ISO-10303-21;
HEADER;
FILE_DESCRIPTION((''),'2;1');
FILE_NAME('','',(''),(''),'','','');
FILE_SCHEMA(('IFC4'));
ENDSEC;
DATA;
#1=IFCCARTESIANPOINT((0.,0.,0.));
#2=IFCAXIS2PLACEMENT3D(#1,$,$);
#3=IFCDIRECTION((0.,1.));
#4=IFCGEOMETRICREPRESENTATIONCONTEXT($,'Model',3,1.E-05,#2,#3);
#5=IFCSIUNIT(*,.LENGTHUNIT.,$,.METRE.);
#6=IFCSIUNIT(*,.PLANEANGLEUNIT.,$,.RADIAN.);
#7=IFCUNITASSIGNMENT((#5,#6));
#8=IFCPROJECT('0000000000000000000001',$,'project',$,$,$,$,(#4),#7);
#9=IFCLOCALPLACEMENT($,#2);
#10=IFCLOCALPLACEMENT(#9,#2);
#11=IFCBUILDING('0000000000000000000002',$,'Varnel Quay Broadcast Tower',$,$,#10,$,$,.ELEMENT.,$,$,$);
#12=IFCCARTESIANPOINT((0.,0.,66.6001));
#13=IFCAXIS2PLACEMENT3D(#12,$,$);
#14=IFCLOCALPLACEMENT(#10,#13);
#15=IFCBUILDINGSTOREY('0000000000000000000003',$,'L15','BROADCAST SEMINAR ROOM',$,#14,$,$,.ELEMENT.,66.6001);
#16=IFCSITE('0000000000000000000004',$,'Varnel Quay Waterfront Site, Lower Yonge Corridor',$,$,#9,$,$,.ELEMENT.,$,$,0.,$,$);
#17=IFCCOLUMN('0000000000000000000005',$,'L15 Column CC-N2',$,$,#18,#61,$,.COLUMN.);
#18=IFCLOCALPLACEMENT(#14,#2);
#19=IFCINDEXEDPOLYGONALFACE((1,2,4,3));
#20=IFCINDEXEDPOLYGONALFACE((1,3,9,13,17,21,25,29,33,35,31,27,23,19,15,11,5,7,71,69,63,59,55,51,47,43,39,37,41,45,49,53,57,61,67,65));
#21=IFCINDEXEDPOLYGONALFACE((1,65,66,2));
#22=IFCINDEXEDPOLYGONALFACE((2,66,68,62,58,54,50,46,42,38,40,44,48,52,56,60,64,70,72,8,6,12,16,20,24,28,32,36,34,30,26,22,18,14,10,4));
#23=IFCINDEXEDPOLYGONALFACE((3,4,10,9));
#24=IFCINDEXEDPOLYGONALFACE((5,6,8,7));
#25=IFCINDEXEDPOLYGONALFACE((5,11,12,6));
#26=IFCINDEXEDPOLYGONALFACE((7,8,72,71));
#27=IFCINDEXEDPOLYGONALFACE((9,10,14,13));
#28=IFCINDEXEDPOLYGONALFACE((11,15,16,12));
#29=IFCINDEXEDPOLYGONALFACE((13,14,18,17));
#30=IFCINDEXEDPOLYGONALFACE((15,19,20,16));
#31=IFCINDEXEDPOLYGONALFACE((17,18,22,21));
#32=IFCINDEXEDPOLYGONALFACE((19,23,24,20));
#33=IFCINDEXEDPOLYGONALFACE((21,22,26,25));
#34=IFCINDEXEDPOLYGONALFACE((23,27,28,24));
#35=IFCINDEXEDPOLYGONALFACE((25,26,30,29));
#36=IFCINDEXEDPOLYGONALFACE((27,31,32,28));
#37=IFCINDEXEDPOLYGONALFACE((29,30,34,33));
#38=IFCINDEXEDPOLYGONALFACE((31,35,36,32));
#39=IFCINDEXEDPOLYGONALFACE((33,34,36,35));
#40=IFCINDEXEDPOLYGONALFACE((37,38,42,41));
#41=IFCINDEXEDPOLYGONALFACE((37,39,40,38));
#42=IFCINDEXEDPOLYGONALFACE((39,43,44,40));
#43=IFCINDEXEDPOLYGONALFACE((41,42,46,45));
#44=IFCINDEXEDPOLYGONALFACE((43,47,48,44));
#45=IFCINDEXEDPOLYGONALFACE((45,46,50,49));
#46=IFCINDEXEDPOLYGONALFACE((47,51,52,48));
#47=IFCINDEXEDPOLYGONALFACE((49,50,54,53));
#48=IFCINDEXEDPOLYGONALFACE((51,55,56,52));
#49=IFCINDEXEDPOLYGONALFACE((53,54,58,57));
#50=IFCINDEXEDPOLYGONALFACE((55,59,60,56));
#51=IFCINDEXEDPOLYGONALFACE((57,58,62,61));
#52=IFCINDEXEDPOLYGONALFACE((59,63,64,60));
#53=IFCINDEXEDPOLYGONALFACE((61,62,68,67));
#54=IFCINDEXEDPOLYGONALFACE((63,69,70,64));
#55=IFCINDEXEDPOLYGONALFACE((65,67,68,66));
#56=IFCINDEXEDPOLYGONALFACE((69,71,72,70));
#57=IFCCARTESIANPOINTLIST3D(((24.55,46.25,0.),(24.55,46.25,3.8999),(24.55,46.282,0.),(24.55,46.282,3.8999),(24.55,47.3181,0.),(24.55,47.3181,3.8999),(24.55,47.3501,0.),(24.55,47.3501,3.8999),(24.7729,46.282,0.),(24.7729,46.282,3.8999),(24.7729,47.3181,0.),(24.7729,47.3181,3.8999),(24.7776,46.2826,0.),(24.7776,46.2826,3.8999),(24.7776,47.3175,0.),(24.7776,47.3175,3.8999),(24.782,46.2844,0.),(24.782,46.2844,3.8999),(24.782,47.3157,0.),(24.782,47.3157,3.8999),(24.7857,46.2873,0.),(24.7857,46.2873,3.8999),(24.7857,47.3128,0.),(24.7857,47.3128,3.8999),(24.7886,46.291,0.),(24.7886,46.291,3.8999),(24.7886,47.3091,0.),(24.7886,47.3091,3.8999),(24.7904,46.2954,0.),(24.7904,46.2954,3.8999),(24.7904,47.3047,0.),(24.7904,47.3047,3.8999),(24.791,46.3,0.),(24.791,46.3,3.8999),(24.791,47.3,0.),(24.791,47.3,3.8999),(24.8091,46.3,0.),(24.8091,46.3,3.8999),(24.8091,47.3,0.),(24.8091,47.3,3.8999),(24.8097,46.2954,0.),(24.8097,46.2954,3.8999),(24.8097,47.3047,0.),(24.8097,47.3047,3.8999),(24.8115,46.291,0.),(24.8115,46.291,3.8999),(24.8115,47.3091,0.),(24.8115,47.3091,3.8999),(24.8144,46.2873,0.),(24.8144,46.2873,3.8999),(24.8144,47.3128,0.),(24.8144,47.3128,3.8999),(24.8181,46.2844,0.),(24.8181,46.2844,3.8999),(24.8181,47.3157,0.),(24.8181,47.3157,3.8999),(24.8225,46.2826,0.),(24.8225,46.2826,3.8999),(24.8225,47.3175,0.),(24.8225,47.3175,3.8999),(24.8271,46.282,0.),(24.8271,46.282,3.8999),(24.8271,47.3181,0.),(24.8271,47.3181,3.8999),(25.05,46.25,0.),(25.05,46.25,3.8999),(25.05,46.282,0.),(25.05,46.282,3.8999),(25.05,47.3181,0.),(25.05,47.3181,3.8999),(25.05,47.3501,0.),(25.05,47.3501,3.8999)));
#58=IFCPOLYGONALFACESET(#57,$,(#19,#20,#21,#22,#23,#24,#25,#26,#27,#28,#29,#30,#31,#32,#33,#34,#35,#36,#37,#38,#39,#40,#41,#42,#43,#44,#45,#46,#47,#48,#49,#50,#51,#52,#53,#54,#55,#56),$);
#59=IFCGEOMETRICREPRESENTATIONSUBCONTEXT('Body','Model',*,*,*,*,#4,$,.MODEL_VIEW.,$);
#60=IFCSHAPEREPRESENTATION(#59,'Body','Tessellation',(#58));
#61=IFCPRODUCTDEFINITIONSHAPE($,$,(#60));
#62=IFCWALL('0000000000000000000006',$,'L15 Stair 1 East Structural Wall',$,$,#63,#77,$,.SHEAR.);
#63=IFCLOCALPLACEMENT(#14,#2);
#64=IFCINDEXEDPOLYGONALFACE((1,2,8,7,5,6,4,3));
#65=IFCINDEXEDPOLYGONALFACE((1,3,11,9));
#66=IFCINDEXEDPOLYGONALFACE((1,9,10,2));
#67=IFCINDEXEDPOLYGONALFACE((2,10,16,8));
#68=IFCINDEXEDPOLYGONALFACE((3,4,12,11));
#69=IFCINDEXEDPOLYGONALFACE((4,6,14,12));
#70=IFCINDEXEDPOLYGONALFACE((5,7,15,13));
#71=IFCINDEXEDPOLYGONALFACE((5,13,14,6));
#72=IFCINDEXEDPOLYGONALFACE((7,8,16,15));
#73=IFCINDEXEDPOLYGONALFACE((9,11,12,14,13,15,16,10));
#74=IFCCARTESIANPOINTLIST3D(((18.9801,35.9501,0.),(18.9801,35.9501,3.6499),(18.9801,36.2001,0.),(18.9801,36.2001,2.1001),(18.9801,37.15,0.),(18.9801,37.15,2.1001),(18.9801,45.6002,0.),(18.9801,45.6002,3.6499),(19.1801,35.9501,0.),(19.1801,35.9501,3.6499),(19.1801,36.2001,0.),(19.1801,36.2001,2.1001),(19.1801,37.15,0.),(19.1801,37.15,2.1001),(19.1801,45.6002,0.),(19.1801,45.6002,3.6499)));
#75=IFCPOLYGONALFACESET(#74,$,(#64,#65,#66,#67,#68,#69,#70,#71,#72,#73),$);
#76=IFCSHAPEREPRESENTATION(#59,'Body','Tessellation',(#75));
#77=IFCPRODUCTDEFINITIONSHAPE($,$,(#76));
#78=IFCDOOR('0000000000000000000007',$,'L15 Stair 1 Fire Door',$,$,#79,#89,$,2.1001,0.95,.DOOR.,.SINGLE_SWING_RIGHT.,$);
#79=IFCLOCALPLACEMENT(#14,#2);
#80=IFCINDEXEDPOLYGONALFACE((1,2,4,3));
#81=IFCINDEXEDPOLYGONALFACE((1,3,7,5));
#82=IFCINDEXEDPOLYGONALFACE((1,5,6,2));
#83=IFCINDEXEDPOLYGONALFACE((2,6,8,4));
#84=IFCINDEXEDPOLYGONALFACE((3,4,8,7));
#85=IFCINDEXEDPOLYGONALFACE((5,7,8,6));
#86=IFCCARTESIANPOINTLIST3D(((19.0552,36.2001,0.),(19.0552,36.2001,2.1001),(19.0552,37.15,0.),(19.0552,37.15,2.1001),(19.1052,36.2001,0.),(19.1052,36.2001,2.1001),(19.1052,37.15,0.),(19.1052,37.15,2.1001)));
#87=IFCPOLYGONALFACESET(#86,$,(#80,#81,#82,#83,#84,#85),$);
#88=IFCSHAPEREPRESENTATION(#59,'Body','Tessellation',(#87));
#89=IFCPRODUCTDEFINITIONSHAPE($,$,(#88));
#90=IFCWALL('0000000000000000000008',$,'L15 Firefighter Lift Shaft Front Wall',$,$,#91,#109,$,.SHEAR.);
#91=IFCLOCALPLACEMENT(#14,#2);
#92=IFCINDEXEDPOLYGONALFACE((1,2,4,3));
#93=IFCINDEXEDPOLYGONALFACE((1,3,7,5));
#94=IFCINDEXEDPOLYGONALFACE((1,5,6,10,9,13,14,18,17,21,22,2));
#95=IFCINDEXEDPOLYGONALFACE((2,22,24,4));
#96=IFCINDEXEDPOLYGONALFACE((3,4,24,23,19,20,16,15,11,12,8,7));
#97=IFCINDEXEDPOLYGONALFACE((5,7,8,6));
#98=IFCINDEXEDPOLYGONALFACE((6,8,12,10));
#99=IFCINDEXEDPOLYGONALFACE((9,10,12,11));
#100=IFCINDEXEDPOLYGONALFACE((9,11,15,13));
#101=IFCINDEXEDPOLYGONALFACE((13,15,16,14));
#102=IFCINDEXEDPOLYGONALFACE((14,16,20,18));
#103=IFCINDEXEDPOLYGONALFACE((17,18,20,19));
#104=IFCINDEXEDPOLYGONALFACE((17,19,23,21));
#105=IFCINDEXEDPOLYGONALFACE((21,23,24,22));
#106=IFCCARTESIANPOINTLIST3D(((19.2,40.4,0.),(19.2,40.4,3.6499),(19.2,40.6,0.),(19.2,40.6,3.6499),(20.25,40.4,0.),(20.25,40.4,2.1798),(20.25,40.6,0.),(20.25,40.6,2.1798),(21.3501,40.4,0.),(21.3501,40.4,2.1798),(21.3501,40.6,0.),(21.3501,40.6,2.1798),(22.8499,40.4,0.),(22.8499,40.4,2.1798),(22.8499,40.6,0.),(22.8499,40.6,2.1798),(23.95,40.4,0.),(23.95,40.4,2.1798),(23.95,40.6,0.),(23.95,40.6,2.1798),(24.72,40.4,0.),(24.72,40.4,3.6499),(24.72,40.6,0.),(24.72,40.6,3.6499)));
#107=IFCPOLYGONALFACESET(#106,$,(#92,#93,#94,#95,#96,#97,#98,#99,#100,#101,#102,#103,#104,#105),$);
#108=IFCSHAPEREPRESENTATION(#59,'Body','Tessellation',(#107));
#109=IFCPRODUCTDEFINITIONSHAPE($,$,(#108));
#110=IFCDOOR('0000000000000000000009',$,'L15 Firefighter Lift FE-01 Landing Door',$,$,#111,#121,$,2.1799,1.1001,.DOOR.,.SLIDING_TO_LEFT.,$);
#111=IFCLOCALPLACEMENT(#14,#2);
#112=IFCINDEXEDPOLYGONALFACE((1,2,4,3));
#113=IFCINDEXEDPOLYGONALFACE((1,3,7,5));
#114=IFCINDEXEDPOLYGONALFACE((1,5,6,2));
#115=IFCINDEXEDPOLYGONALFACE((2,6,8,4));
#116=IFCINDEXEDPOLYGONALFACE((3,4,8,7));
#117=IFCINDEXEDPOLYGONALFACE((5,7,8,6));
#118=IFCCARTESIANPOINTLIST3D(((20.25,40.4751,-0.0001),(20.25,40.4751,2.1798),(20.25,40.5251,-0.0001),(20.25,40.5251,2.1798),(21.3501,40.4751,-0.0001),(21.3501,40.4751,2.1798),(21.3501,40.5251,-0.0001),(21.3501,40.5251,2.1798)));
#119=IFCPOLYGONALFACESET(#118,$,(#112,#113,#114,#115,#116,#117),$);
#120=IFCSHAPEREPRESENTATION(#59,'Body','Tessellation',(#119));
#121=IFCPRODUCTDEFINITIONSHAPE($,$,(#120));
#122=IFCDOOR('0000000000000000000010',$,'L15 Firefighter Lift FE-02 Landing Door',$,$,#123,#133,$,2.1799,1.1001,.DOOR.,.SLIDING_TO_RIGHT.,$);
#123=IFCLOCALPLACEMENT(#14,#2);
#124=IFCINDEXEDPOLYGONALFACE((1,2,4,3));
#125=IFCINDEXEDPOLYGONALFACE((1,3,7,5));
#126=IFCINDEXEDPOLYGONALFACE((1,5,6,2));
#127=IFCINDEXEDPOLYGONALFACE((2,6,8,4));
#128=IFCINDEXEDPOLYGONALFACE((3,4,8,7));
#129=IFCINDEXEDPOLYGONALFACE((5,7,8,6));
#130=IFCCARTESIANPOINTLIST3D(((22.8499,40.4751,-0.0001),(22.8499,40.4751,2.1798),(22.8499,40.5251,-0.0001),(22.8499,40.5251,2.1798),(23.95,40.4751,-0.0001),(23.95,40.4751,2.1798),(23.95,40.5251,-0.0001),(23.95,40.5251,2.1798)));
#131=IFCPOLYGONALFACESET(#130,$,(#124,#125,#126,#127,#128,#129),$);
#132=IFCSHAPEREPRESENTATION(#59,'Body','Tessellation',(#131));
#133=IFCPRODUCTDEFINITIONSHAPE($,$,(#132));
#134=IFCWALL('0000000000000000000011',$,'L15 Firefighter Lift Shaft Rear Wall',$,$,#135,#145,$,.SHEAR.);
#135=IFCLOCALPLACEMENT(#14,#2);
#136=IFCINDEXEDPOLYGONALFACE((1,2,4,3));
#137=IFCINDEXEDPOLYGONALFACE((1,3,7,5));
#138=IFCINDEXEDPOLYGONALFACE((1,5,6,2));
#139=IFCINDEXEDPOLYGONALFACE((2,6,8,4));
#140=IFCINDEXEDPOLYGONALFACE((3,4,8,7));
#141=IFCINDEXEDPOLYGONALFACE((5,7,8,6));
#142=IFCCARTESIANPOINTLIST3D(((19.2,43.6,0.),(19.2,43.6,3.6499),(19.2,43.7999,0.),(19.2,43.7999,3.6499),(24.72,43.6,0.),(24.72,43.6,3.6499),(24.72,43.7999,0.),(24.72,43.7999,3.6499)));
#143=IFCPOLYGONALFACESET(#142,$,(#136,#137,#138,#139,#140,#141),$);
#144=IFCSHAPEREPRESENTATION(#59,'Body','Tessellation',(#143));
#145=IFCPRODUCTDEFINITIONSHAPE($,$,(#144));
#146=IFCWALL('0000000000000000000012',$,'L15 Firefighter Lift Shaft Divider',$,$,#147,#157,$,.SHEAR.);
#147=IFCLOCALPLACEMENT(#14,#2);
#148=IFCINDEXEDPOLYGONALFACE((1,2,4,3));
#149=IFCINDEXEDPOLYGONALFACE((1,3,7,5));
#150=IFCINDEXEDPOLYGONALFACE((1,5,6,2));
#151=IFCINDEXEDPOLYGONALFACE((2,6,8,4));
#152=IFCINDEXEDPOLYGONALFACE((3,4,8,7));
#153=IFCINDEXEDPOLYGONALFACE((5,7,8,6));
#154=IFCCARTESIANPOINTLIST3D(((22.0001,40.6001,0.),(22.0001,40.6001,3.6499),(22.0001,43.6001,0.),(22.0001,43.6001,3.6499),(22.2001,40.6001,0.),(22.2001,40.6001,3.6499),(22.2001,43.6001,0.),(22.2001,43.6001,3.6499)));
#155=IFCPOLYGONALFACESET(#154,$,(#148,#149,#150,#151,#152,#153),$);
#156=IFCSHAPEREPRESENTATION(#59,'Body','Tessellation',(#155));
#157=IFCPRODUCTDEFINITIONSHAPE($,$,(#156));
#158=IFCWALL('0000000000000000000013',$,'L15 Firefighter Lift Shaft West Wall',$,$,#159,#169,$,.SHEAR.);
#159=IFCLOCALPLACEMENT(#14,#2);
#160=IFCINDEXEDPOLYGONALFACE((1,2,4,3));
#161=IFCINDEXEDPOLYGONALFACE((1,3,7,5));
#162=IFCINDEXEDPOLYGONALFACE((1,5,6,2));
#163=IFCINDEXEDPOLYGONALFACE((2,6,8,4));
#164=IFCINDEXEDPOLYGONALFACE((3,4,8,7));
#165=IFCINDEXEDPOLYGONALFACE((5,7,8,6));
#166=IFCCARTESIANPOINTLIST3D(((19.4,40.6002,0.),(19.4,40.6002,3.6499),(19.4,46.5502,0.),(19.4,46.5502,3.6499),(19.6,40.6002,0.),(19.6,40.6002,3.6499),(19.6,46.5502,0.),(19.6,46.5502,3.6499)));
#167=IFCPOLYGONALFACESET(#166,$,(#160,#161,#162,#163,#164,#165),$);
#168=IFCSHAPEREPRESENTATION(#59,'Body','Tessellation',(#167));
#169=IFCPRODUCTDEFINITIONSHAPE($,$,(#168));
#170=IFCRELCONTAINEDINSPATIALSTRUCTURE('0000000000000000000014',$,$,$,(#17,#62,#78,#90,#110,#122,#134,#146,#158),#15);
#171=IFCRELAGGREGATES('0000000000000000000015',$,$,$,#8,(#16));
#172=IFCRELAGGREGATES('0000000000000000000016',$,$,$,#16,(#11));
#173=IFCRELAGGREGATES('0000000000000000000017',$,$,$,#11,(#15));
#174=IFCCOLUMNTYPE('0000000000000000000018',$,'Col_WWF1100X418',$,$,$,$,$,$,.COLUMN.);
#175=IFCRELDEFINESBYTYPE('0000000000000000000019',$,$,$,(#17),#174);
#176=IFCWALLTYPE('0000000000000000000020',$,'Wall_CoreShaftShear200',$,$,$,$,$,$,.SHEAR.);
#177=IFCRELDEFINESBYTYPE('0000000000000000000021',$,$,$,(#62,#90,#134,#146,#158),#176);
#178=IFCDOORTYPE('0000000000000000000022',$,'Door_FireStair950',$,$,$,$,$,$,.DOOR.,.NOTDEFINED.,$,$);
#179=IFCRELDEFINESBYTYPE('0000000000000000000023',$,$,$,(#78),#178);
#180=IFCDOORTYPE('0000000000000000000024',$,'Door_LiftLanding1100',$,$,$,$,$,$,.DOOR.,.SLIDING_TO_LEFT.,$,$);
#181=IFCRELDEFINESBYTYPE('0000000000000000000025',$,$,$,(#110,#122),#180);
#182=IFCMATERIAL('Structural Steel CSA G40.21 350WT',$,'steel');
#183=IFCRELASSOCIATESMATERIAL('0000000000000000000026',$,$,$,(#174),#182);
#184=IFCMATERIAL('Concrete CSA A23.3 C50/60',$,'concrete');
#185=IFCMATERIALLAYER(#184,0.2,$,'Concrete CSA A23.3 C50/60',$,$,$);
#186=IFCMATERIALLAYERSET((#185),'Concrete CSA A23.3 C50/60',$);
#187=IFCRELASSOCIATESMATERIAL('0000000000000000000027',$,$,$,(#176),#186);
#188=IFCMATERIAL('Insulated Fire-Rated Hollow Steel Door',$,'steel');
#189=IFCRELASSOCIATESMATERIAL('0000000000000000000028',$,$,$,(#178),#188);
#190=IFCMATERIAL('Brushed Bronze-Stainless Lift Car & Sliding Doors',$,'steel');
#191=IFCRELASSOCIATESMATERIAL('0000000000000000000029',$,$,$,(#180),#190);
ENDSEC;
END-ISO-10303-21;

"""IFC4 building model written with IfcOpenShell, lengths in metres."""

from ifc_helpers import new_model, si_unit, direction, frame, frame_2d, origin, origin_2d, place, context, subcontext, project, spatial, rectangle, i_section, extrude, source, transform, mapped, material, layer, layer_set, material_profile, profile_set, type_object, type_shapes, element, fill, save


model = new_model("IFC4")

# Units and contexts
model_context = context("Model", 3, precision=1e-05, world=origin(), true_north=direction((0.0, 1.0)))
body_context = subcontext(model_context, "Body", "Model", "MODEL_VIEW")
ifc_project = project(units=[si_unit("LENGTHUNIT", "METRE"), si_unit("PLANEANGLEUNIT", "RADIAN")], contexts=[model_context])

# Site, building, storey
site_placement = place(None, origin())
site = spatial("IfcSite", under=ifc_project, at=site_placement, Name="Varnel Quay Waterfront Site, Lower Yonge Corridor", CompositionType="ELEMENT", RefElevation=0.0)
building_placement = place(site_placement, origin())
building = spatial("IfcBuilding", under=site, at=building_placement, Name="Varnel Quay Broadcast Tower", CompositionType="ELEMENT")
storey_placement = place(building_placement, frame((0.0, 0.0, 66.6001)))
storey = spatial("IfcBuildingStorey", under=building, at=storey_placement, Name="L15", Description="BROADCAST SEMINAR ROOM", CompositionType="ELEMENT", Elevation=66.6001)

# Column
ifc_material_1 = material(Name="Structural Steel CSA G40.21 350WT", Category="steel")
ifc_material_profile = material_profile(ifc_material_1, i_section(OverallWidth=0.5, OverallDepth=1.1001, WebThickness=0.0181, FlangeThickness=0.032, FilletRadius=0.0181, at=origin_2d()), Name="WWF1100X418")
ifc_profile_set = profile_set([ifc_material_profile], Name="Structural Steel CSA G40.21 350WT")
column_type = type_object("IfcColumnType", Name="Col_WWF1100X418", PredefinedType="COLUMN", material=ifc_profile_set)
shared_shape_1 = source(origin(), body_context, "Body", "SweptSolid", [
    extrude(i_section(OverallWidth=0.5, OverallDepth=1.1001, WebThickness=0.0181, FlangeThickness=0.032, FilletRadius=0.0181, at=origin_2d()), origin(), (0.0, 0.0, 1.0), 3.8999),
])
type_shapes(column_type, [shared_shape_1])
column_placement = place(storey_placement, frame((24.8, 46.8, 0.0), z_axis=(0.0, 0.0, 1.0), x_axis=(1.0, 0.0, 0.0)))
element("IfcColumn", 1, at=column_placement, inside=storey, type_object=column_type, Name="L15 Column CC-N2", PredefinedType="COLUMN", context=body_context, shape_type="MappedRepresentation", body=[
    mapped(shared_shape_1, transform((0.0, 0.0, 0.0), x_axis=(1.0, 0.0, 0.0), y_axis=(0.0, 1.0, 0.0), z_axis=(0.0, 0.0, 1.0), scale=1.0)),
])

# Wall, opening, door
ifc_material_2 = material(Name="Concrete CSA A23.3 C50/60", Category="concrete")
ifc_layer_1 = layer(ifc_material_2, 0.2, Name="Concrete CSA A23.3 C50/60")
ifc_layer_set_1 = layer_set([ifc_layer_1], Name="Concrete CSA A23.3 C50/60")
wall_type_1 = type_object("IfcWallType", Name="Wall_CoreShaftShear200", PredefinedType="SHEAR", material=ifc_layer_set_1)
wall_1_placement = place(storey_placement, frame((19.0801, 35.95, 0.0), z_axis=(0.0, 0.0, 1.0), x_axis=(0.0, 1.0, 0.0)))
wall_1 = element("IfcWall", 2, at=wall_1_placement, inside=storey, type_object=wall_type_1, Name="L15 Stair 1 East Structural Wall", PredefinedType="SHEAR", context=body_context, shape_type="SweptSolid", body=[
    extrude(rectangle(XDim=9.6501, YDim=0.2, at=frame_2d((4.8252, 0.0))), origin(), (0.0, 0.0, 1.0), 3.6499),
])
opening_1_placement = place(wall_1_placement, frame((0.25, 0.0, 0.0)))
opening_1 = element("IfcOpeningElement", 3, at=opening_1_placement, cuts=wall_1, PredefinedType="OPENING", context=body_context, shape_type="SweptSolid", body=[
    extrude(rectangle(XDim=0.95, YDim=2.1001, at=frame_2d((0.4751, 1.05))), frame((0.0, 0.1099, 0.0), z_axis=(0.0, -1.0, 0.0), x_axis=(1.0, 0.0, 0.0)), (0.0, 0.0, 1.0), 0.22),
])
ifc_material_3 = material(Name="Insulated Fire-Rated Hollow Steel Door", Category="steel")
door_type_1 = type_object("IfcDoorType", Name="Door_FireStair950", OperationType="NOTDEFINED", PredefinedType="DOOR", material=ifc_material_3)
shared_shape_2 = source(origin(), body_context, "Body", "SweptSolid", [
    extrude(rectangle(XDim=0.95, YDim=2.1001, at=frame_2d((0.4751, 1.05))), frame((0.0, 0.0249, 0.0), z_axis=(0.0, -1.0, 0.0), x_axis=(1.0, 0.0, 0.0)), (0.0, 0.0, 1.0), 0.05),
])
type_shapes(door_type_1, [shared_shape_2])
door_1_placement = place(opening_1_placement, origin())
door_1 = element("IfcDoor", 4, at=door_1_placement, inside=storey, type_object=door_type_1, Name="L15 Stair 1 Fire Door", OperationType="SINGLE_SWING_RIGHT", OverallHeight=2.1001, OverallWidth=0.95, PredefinedType="DOOR", context=body_context, shape_type="MappedRepresentation", body=[
    mapped(shared_shape_2, transform((0.0, 0.0, 0.0), x_axis=(1.0, 0.0, 0.0), y_axis=(0.0, 1.0, 0.0), z_axis=(0.0, 0.0, 1.0), scale=1.0)),
])
fill(opening_1, door_1)

# Wall, openings, doors
wall_2_placement = place(storey_placement, frame((19.2, 40.5, 0.0), z_axis=(0.0, 0.0, 1.0), x_axis=(1.0, 0.0, 0.0)))
wall_2 = element("IfcWall", 5, at=wall_2_placement, inside=storey, type_object=wall_type_1, Name="L15 Firefighter Lift Shaft Front Wall", PredefinedType="SHEAR", context=body_context, shape_type="SweptSolid", body=[
    extrude(rectangle(XDim=5.52, YDim=0.2, at=frame_2d((2.76, 0.0))), origin(), (0.0, 0.0, 1.0), 3.6499),
])
opening_2_placement = place(wall_2_placement, frame((1.05, 0.0, 0.0)))
opening_2 = element("IfcOpeningElement", 6, at=opening_2_placement, cuts=wall_2, PredefinedType="OPENING", context=body_context, shape_type="SweptSolid", body=[
    extrude(rectangle(XDim=1.1001, YDim=2.1799, at=frame_2d((0.55, 1.0898))), frame((0.0, 0.1099, 0.0), z_axis=(0.0, -1.0, 0.0), x_axis=(1.0, 0.0, 0.0)), (0.0, 0.0, 1.0), 0.22),
])
opening_3_placement = place(wall_2_placement, frame((3.6499, 0.0, 0.0)))
opening_3 = element("IfcOpeningElement", 7, at=opening_3_placement, cuts=wall_2, PredefinedType="OPENING", context=body_context, shape_type="SweptSolid", body=[
    extrude(rectangle(XDim=1.1001, YDim=2.1799, at=frame_2d((0.55, 1.0898))), frame((0.0, 0.1099, 0.0), z_axis=(0.0, -1.0, 0.0), x_axis=(1.0, 0.0, 0.0)), (0.0, 0.0, 1.0), 0.22),
])
ifc_material_4 = material(Name="Brushed Bronze-Stainless Lift Car & Sliding Doors", Category="steel")
door_type_2 = type_object("IfcDoorType", Name="Door_LiftLanding1100", OperationType="SLIDING_TO_LEFT", PredefinedType="DOOR", material=ifc_material_4)
shared_shape_3 = source(origin(), body_context, "Body", "SweptSolid", [
    extrude(rectangle(XDim=1.1001, YDim=2.1799, at=frame_2d((0.55, 1.0898))), frame((0.0, 0.0249, 0.0), z_axis=(0.0, -1.0, 0.0), x_axis=(1.0, 0.0, 0.0)), (0.0, 0.0, 1.0), 0.05),
])
type_shapes(door_type_2, [shared_shape_3])
door_2_placement = place(opening_2_placement, frame((1.1001, 0.0, 0.0), z_axis=(0.0, 0.0, 1.0), x_axis=(-1.0, 0.0, 0.0)))
door_2 = element("IfcDoor", 8, at=door_2_placement, inside=storey, type_object=door_type_2, Name="L15 Firefighter Lift FE-01 Landing Door", OperationType="SLIDING_TO_LEFT", OverallHeight=2.1799, OverallWidth=1.1001, PredefinedType="DOOR", context=body_context, shape_type="MappedRepresentation", body=[
    mapped(shared_shape_3, transform((0.0, 0.0, 0.0), x_axis=(1.0, 0.0, 0.0), y_axis=(0.0, 1.0, 0.0), z_axis=(0.0, 0.0, 1.0), scale=1.0)),
])
fill(opening_2, door_2)
door_3_placement = place(opening_3_placement, frame((1.1001, 0.0, 0.0), z_axis=(0.0, 0.0, 1.0), x_axis=(-1.0, 0.0, 0.0)))
door_3 = element("IfcDoor", 9, at=door_3_placement, inside=storey, type_object=door_type_2, Name="L15 Firefighter Lift FE-02 Landing Door", OperationType="SLIDING_TO_RIGHT", OverallHeight=2.1799, OverallWidth=1.1001, PredefinedType="DOOR", context=body_context, shape_type="MappedRepresentation", body=[
    mapped(shared_shape_3, transform((0.0, 0.0, 0.0), x_axis=(1.0, 0.0, 0.0), y_axis=(0.0, 1.0, 0.0), z_axis=(0.0, 0.0, 1.0), scale=1.0)),
])
fill(opening_3, door_3)

# Walls
wall_3_placement = place(storey_placement, frame((19.2, 43.7, 0.0), z_axis=(0.0, 0.0, 1.0), x_axis=(1.0, 0.0, 0.0)))
element("IfcWall", 10, at=wall_3_placement, inside=storey, type_object=wall_type_1, Name="L15 Firefighter Lift Shaft Rear Wall", PredefinedType="SHEAR", context=body_context, shape_type="SweptSolid", body=[
    extrude(rectangle(XDim=5.52, YDim=0.2, at=frame_2d((2.76, 0.0))), origin(), (0.0, 0.0, 1.0), 3.6499),
])
wall_4_placement = place(storey_placement, frame((22.1001, 40.6001, 0.0), z_axis=(0.0, 0.0, 1.0), x_axis=(0.0, 1.0, 0.0)))
element("IfcWall", 11, at=wall_4_placement, inside=storey, type_object=wall_type_1, Name="L15 Firefighter Lift Shaft Divider", PredefinedType="SHEAR", context=body_context, shape_type="SweptSolid", body=[
    extrude(rectangle(XDim=3.0, YDim=0.2, at=frame_2d((1.5, 0.0))), origin(), (0.0, 0.0, 1.0), 3.6499),
])
wall_5_placement = place(storey_placement, frame((19.5, 40.6001, 0.0), z_axis=(0.0, 0.0, 1.0), x_axis=(0.0, 1.0, 0.0)))
element("IfcWall", 12, at=wall_5_placement, inside=storey, type_object=wall_type_1, Name="L15 Firefighter Lift Shaft West Wall", PredefinedType="SHEAR", context=body_context, shape_type="SweptSolid", body=[
    extrude(rectangle(XDim=5.95, YDim=0.2, at=frame_2d((2.9751, 0.0))), origin(), (0.0, 0.0, 1.0), 3.6499),
])

save(model, "model.ifc")
